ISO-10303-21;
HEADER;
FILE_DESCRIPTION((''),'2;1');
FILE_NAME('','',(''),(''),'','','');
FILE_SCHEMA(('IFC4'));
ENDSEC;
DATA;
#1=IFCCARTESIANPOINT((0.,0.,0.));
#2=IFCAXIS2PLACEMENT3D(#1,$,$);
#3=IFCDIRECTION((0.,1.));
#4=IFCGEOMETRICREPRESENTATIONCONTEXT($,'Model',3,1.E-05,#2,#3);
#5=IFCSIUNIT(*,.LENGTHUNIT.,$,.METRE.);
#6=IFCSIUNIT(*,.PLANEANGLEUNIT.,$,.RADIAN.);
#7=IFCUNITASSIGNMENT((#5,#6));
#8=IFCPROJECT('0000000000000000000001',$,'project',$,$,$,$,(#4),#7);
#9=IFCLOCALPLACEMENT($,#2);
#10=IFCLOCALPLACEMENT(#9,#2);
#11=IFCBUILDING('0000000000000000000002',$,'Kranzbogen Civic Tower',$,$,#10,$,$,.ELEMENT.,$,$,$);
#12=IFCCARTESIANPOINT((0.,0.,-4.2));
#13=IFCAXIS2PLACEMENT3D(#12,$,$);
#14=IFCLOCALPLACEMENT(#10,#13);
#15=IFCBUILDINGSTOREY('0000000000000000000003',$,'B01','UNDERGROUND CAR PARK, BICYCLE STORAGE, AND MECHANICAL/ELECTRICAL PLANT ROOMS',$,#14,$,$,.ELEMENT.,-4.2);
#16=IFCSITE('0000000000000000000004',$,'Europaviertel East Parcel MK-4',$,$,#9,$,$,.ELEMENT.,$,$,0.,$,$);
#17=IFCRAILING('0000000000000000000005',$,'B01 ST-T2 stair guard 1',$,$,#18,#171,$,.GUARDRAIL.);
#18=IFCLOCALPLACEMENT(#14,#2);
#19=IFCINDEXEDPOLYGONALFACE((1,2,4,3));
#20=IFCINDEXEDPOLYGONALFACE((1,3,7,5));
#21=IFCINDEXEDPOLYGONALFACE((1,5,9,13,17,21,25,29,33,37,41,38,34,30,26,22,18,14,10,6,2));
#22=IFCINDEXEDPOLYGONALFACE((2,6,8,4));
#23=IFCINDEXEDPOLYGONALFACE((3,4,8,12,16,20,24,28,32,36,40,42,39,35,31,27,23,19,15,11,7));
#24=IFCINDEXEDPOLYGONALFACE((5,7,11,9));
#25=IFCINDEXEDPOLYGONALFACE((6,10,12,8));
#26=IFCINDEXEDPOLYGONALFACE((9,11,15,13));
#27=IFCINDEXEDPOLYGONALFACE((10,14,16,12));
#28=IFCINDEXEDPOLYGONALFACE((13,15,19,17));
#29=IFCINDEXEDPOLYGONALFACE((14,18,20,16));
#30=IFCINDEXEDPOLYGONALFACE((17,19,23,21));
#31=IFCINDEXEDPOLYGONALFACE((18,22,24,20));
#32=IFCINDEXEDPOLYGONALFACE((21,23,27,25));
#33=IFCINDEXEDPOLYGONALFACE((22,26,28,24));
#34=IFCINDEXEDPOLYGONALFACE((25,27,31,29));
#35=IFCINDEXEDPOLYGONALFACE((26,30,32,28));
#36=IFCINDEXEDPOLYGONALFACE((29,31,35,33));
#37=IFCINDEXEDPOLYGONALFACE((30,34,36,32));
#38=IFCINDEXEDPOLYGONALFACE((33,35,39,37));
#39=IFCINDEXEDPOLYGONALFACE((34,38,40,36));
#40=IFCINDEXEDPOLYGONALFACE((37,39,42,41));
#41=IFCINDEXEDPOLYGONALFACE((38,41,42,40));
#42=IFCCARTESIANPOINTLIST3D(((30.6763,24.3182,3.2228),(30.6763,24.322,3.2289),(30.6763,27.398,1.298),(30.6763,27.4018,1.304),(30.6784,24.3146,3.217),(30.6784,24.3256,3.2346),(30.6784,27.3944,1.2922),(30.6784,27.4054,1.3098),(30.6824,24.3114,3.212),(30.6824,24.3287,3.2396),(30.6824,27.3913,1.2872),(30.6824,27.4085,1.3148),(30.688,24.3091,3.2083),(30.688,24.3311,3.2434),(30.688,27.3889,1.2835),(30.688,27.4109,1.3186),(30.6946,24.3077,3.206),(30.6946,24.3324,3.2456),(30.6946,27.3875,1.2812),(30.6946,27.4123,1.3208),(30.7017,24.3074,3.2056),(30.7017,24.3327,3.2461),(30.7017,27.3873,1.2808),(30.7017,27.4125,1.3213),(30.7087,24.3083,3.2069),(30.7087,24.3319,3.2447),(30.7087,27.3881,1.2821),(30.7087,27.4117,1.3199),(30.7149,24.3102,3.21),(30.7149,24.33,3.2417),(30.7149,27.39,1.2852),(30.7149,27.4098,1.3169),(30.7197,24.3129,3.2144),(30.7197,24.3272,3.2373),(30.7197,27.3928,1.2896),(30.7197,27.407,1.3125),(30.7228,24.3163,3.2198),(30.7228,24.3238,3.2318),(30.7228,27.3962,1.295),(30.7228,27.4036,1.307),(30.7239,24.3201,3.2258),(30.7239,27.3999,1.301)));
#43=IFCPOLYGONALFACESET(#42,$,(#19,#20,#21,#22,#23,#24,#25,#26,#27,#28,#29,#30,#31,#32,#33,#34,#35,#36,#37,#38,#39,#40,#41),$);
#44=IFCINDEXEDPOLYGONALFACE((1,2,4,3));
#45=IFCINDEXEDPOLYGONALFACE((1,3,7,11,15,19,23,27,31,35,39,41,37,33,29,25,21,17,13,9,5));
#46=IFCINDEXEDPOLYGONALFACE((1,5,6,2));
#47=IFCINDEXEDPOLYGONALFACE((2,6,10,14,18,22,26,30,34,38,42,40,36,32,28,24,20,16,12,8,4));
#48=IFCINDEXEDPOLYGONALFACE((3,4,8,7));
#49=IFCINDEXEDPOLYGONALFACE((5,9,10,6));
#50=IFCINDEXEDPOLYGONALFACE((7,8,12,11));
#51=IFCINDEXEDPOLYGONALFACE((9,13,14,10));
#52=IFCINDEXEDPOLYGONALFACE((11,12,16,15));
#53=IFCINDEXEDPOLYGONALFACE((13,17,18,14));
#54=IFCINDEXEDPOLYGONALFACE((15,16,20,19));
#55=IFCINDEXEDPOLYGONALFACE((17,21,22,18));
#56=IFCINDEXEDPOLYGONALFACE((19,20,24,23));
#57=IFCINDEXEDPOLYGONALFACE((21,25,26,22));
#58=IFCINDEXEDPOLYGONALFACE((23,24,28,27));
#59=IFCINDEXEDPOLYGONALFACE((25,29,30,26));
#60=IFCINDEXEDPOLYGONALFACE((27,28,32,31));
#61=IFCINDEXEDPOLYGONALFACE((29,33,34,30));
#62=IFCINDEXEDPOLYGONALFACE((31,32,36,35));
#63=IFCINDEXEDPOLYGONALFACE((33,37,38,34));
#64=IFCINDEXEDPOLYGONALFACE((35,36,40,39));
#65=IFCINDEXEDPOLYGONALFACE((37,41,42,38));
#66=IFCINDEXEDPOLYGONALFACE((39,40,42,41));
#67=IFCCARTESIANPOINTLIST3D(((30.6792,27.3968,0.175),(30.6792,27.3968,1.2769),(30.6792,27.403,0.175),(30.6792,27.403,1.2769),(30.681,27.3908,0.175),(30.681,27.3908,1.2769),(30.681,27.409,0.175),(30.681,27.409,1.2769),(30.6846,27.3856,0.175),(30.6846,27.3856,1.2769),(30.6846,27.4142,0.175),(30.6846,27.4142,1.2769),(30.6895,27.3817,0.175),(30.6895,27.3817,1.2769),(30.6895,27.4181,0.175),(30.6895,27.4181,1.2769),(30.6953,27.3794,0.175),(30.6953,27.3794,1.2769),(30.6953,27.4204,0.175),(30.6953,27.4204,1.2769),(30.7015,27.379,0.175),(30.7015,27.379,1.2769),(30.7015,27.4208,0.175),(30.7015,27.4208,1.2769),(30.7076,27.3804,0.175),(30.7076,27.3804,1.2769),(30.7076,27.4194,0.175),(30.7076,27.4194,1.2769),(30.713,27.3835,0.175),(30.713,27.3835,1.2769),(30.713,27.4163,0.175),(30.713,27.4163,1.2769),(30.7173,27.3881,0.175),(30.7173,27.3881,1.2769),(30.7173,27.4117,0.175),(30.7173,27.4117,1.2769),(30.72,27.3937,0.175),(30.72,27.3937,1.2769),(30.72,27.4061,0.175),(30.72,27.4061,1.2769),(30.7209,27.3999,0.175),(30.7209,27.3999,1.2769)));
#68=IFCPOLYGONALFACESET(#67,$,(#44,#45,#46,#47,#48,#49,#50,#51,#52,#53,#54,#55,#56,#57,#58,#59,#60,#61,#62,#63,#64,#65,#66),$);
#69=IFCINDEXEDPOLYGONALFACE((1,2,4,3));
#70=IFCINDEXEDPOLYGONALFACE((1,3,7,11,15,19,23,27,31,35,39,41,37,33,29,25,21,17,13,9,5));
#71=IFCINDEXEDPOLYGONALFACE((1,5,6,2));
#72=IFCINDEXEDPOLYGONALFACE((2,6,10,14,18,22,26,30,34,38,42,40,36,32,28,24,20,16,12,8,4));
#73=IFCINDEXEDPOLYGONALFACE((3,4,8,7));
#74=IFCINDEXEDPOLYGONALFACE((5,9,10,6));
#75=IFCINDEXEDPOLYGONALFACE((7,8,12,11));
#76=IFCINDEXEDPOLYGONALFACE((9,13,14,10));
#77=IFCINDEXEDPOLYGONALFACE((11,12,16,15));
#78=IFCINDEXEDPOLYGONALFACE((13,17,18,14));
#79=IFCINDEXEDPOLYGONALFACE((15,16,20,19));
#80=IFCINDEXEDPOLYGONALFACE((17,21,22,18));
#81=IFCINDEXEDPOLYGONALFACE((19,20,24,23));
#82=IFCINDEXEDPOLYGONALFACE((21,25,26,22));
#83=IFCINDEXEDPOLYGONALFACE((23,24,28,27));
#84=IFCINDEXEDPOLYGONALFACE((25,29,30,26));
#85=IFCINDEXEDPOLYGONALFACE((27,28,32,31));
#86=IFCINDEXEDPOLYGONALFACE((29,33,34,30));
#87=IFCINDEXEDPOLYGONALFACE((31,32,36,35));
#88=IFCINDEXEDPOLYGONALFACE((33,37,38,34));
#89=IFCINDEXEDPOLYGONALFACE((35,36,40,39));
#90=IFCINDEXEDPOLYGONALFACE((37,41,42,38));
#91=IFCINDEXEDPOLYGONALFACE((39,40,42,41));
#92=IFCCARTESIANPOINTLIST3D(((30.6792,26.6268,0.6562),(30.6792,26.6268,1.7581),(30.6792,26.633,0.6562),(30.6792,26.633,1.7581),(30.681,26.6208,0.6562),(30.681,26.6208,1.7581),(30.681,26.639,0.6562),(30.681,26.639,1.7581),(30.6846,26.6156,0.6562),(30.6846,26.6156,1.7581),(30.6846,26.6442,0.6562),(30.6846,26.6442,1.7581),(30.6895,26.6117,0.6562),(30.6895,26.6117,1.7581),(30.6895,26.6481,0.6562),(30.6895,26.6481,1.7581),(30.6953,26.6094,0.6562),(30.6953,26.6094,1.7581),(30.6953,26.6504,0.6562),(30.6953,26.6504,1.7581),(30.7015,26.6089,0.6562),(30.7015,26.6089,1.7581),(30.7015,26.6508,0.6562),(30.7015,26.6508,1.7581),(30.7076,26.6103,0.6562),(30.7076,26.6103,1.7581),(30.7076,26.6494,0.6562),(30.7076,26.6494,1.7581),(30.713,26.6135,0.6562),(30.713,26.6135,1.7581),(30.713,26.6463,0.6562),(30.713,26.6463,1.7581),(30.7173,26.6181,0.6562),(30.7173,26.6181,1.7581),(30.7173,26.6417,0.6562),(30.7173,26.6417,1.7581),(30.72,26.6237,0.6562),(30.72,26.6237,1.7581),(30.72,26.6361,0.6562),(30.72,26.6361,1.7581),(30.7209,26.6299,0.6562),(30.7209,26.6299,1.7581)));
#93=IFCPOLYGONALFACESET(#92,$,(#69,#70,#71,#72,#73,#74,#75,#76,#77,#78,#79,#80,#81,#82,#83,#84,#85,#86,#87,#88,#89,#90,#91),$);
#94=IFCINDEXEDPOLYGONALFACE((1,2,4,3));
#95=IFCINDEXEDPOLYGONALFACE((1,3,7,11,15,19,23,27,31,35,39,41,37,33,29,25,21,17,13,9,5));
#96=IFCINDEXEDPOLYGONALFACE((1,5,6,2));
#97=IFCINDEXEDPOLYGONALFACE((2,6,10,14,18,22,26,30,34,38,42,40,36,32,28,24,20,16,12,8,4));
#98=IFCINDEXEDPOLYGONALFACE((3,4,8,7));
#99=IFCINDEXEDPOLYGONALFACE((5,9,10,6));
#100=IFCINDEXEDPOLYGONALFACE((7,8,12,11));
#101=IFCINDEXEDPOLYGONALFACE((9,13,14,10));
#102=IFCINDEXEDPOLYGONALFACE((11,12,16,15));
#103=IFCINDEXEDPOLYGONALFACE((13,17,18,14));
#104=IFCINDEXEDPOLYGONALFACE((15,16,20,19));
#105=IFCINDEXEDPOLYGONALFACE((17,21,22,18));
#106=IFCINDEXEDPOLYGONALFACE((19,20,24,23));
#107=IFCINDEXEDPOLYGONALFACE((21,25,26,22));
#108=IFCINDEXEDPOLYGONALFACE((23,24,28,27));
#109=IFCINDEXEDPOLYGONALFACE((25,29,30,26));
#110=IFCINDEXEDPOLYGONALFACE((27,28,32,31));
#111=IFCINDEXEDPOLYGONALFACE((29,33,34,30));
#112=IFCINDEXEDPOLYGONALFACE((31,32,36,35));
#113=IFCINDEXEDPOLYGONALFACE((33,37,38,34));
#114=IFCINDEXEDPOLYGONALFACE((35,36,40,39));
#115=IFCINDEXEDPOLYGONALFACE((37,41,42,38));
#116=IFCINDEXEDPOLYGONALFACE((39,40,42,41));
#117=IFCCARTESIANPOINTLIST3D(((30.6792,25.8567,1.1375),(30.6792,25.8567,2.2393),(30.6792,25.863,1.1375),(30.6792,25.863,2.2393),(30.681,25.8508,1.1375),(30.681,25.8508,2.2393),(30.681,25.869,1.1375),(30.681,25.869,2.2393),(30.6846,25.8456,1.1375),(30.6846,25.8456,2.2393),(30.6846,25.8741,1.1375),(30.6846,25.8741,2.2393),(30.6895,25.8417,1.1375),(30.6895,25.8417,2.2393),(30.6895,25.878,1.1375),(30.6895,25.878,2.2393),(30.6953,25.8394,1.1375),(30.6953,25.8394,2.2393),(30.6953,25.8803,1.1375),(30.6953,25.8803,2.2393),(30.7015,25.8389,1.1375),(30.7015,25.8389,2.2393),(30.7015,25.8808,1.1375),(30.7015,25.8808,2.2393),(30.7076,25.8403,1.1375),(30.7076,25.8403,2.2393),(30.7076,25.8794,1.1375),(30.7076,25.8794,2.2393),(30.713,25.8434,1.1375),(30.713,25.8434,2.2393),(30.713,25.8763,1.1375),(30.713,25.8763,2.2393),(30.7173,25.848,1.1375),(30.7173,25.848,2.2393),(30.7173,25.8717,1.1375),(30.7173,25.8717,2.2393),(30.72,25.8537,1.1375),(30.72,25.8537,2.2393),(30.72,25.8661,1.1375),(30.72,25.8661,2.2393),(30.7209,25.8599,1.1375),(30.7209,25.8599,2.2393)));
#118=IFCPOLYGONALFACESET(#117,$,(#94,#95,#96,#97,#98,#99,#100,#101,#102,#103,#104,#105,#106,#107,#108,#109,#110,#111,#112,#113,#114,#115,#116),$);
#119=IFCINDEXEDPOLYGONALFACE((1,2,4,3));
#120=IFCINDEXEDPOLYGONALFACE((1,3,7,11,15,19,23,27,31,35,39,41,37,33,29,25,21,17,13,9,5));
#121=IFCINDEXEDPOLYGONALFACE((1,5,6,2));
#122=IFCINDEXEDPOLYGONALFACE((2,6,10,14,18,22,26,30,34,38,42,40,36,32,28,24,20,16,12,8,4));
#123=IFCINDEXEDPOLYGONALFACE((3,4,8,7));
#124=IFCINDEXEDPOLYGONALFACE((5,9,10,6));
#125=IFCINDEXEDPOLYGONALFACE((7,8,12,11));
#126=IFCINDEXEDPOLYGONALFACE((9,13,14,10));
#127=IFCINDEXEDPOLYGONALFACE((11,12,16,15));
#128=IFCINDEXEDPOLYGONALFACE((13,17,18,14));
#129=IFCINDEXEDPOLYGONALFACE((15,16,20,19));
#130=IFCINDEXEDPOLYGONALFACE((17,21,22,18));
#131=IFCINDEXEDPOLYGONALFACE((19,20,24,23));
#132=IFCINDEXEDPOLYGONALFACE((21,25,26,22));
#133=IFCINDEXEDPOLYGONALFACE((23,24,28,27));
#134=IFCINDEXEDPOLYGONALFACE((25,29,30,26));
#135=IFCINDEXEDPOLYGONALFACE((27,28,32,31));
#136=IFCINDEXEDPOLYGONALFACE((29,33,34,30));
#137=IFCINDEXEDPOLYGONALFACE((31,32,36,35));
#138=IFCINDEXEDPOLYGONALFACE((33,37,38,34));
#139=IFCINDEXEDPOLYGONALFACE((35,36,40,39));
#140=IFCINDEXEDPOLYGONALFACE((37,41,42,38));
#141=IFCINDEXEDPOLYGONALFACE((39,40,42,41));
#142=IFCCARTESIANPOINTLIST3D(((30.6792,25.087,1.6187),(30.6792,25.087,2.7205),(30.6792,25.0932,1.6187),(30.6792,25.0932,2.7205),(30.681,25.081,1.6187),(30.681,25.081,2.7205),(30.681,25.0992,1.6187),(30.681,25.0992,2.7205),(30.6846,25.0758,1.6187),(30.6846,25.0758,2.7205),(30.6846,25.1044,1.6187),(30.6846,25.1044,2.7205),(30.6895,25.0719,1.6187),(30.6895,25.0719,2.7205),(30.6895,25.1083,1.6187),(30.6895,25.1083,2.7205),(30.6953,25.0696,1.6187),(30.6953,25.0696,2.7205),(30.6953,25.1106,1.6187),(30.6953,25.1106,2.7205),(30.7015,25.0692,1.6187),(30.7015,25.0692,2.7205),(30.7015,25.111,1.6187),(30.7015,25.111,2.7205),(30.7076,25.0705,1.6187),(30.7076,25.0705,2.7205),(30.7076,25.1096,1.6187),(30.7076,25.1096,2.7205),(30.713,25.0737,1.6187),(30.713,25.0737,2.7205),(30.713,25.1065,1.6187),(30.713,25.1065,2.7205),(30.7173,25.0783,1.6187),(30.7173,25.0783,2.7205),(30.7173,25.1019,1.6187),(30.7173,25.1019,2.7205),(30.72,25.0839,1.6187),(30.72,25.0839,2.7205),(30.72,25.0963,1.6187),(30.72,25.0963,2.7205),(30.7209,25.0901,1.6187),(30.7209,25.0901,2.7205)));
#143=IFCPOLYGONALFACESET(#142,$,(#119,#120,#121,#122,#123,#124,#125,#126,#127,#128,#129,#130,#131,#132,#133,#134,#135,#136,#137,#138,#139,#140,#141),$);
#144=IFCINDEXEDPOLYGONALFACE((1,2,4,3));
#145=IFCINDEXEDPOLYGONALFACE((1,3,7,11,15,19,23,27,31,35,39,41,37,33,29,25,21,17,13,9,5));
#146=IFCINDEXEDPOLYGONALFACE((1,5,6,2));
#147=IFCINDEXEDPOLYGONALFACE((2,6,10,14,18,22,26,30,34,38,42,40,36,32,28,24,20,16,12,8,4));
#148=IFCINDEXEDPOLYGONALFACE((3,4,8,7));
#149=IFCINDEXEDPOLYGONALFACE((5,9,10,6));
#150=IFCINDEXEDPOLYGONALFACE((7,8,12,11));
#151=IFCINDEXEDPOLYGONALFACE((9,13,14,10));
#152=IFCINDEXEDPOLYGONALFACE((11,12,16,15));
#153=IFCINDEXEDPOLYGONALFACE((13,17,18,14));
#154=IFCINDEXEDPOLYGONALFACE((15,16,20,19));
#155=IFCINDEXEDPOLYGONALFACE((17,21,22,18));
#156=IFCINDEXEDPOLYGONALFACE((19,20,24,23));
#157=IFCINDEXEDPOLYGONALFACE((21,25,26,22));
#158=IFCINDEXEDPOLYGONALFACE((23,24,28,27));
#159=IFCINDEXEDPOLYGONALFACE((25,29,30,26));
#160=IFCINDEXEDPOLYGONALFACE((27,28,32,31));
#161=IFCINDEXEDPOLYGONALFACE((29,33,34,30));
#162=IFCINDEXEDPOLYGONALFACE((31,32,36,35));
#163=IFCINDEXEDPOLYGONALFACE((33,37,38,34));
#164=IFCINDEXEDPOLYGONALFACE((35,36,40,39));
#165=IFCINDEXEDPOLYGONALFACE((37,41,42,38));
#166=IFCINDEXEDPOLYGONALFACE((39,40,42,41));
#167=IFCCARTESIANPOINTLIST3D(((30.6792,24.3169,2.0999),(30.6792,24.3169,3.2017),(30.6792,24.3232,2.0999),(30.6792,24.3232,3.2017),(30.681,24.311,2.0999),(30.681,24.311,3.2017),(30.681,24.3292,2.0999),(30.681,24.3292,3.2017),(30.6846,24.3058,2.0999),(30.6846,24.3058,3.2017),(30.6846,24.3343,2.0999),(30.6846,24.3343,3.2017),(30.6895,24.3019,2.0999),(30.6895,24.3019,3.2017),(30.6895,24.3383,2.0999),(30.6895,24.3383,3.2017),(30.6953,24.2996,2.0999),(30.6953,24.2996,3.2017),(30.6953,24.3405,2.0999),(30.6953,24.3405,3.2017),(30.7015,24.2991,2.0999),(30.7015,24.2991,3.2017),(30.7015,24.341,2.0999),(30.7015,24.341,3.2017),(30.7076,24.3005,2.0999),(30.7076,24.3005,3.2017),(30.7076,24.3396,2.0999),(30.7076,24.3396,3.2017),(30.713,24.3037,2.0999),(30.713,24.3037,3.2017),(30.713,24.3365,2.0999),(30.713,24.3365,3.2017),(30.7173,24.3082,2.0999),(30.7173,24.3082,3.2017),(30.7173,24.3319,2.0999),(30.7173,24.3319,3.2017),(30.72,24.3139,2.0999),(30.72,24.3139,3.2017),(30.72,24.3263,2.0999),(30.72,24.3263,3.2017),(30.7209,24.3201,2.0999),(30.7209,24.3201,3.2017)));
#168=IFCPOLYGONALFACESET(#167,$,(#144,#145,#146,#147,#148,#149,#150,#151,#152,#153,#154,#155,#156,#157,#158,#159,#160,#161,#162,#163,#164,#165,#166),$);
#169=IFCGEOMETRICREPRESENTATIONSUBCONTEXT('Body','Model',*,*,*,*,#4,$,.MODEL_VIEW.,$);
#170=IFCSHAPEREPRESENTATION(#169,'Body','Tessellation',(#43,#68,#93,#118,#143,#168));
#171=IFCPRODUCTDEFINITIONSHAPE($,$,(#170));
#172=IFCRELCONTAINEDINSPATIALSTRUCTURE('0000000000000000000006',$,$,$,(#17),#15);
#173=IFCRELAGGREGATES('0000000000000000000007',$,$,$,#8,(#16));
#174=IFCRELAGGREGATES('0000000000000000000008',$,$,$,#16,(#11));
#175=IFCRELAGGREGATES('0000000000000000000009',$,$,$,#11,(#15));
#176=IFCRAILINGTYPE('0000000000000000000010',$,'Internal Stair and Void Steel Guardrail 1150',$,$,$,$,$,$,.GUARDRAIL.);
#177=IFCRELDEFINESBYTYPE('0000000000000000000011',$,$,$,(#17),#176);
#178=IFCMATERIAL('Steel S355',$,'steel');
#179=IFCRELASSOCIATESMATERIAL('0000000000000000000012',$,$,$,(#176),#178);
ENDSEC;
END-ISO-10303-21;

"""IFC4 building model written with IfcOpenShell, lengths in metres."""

from ifc_helpers import new_model, si_unit, direction, frame, origin, origin_2d, place, context, subcontext, project, spatial, circle, extrude, material, type_object, element, save


model = new_model("IFC4")

# Units and contexts
model_context = context("Model", 3, precision=1e-05, world=origin(), true_north=direction((0.0, 1.0)))
body_context = subcontext(model_context, "Body", "Model", "MODEL_VIEW")
ifc_project = project(units=[si_unit("LENGTHUNIT", "METRE"), si_unit("PLANEANGLEUNIT", "RADIAN")], contexts=[model_context])

# Site, building, storey
site_placement = place(None, origin())
site = spatial("IfcSite", under=ifc_project, at=site_placement, Name="Europaviertel East Parcel MK-4", CompositionType="ELEMENT", RefElevation=0.0)
building_placement = place(site_placement, origin())
building = spatial("IfcBuilding", under=site, at=building_placement, Name="Kranzbogen Civic Tower", CompositionType="ELEMENT")
storey_placement = place(building_placement, frame((0.0, 0.0, -4.2)))
storey = spatial("IfcBuildingStorey", under=building, at=storey_placement, Name="B01", Description="UNDERGROUND CAR PARK, BICYCLE STORAGE, AND MECHANICAL/ELECTRICAL PLANT ROOMS", CompositionType="ELEMENT", Elevation=-4.2)

# Shared definitions
ifc_material_1 = material(Name="Steel S355", Category="steel")

# Railing
railing_type_1 = type_object("IfcRailingType", Name="Internal Stair and Void Steel Guardrail 1150", PredefinedType="GUARDRAIL", material=ifc_material_1)
railing_1_placement = place(storey_placement, frame((30.7, 27.3999, 0.175)))
element("IfcRailing", 1, at=railing_1_placement, inside=storey, type_object=railing_type_1, Name="B01 ST-T2 stair guard 1", PredefinedType="GUARDRAIL", context=body_context, shape_type="SweptSolid", body=[
    extrude(circle(Radius=0.0239, at=origin_2d()), frame((0.0, 0.0, 1.126), z_axis=(0.0, -0.84801, 0.529981), x_axis=(1.0, 0.0, 0.0)), (0.0, 0.0, 1.0), 3.6318),
    extrude(circle(Radius=0.021, at=origin_2d()), origin(), (0.0, 0.0, 1.0), 1.1018),
    extrude(circle(Radius=0.021, at=origin_2d()), frame((0.0, -0.77, 0.4812)), (0.0, 0.0, 1.0), 1.1018),
    extrude(circle(Radius=0.021, at=origin_2d()), frame((0.0, -1.54, 0.9624)), (0.0, 0.0, 1.0), 1.1018),
    extrude(circle(Radius=0.021, at=origin_2d()), frame((0.0, -2.3098, 1.4436)), (0.0, 0.0, 1.0), 1.1018),
    extrude(circle(Radius=0.021, at=origin_2d()), frame((0.0, -3.0798, 1.9248)), (0.0, 0.0, 1.0), 1.1018),
])

save(model, "model.ifc")
